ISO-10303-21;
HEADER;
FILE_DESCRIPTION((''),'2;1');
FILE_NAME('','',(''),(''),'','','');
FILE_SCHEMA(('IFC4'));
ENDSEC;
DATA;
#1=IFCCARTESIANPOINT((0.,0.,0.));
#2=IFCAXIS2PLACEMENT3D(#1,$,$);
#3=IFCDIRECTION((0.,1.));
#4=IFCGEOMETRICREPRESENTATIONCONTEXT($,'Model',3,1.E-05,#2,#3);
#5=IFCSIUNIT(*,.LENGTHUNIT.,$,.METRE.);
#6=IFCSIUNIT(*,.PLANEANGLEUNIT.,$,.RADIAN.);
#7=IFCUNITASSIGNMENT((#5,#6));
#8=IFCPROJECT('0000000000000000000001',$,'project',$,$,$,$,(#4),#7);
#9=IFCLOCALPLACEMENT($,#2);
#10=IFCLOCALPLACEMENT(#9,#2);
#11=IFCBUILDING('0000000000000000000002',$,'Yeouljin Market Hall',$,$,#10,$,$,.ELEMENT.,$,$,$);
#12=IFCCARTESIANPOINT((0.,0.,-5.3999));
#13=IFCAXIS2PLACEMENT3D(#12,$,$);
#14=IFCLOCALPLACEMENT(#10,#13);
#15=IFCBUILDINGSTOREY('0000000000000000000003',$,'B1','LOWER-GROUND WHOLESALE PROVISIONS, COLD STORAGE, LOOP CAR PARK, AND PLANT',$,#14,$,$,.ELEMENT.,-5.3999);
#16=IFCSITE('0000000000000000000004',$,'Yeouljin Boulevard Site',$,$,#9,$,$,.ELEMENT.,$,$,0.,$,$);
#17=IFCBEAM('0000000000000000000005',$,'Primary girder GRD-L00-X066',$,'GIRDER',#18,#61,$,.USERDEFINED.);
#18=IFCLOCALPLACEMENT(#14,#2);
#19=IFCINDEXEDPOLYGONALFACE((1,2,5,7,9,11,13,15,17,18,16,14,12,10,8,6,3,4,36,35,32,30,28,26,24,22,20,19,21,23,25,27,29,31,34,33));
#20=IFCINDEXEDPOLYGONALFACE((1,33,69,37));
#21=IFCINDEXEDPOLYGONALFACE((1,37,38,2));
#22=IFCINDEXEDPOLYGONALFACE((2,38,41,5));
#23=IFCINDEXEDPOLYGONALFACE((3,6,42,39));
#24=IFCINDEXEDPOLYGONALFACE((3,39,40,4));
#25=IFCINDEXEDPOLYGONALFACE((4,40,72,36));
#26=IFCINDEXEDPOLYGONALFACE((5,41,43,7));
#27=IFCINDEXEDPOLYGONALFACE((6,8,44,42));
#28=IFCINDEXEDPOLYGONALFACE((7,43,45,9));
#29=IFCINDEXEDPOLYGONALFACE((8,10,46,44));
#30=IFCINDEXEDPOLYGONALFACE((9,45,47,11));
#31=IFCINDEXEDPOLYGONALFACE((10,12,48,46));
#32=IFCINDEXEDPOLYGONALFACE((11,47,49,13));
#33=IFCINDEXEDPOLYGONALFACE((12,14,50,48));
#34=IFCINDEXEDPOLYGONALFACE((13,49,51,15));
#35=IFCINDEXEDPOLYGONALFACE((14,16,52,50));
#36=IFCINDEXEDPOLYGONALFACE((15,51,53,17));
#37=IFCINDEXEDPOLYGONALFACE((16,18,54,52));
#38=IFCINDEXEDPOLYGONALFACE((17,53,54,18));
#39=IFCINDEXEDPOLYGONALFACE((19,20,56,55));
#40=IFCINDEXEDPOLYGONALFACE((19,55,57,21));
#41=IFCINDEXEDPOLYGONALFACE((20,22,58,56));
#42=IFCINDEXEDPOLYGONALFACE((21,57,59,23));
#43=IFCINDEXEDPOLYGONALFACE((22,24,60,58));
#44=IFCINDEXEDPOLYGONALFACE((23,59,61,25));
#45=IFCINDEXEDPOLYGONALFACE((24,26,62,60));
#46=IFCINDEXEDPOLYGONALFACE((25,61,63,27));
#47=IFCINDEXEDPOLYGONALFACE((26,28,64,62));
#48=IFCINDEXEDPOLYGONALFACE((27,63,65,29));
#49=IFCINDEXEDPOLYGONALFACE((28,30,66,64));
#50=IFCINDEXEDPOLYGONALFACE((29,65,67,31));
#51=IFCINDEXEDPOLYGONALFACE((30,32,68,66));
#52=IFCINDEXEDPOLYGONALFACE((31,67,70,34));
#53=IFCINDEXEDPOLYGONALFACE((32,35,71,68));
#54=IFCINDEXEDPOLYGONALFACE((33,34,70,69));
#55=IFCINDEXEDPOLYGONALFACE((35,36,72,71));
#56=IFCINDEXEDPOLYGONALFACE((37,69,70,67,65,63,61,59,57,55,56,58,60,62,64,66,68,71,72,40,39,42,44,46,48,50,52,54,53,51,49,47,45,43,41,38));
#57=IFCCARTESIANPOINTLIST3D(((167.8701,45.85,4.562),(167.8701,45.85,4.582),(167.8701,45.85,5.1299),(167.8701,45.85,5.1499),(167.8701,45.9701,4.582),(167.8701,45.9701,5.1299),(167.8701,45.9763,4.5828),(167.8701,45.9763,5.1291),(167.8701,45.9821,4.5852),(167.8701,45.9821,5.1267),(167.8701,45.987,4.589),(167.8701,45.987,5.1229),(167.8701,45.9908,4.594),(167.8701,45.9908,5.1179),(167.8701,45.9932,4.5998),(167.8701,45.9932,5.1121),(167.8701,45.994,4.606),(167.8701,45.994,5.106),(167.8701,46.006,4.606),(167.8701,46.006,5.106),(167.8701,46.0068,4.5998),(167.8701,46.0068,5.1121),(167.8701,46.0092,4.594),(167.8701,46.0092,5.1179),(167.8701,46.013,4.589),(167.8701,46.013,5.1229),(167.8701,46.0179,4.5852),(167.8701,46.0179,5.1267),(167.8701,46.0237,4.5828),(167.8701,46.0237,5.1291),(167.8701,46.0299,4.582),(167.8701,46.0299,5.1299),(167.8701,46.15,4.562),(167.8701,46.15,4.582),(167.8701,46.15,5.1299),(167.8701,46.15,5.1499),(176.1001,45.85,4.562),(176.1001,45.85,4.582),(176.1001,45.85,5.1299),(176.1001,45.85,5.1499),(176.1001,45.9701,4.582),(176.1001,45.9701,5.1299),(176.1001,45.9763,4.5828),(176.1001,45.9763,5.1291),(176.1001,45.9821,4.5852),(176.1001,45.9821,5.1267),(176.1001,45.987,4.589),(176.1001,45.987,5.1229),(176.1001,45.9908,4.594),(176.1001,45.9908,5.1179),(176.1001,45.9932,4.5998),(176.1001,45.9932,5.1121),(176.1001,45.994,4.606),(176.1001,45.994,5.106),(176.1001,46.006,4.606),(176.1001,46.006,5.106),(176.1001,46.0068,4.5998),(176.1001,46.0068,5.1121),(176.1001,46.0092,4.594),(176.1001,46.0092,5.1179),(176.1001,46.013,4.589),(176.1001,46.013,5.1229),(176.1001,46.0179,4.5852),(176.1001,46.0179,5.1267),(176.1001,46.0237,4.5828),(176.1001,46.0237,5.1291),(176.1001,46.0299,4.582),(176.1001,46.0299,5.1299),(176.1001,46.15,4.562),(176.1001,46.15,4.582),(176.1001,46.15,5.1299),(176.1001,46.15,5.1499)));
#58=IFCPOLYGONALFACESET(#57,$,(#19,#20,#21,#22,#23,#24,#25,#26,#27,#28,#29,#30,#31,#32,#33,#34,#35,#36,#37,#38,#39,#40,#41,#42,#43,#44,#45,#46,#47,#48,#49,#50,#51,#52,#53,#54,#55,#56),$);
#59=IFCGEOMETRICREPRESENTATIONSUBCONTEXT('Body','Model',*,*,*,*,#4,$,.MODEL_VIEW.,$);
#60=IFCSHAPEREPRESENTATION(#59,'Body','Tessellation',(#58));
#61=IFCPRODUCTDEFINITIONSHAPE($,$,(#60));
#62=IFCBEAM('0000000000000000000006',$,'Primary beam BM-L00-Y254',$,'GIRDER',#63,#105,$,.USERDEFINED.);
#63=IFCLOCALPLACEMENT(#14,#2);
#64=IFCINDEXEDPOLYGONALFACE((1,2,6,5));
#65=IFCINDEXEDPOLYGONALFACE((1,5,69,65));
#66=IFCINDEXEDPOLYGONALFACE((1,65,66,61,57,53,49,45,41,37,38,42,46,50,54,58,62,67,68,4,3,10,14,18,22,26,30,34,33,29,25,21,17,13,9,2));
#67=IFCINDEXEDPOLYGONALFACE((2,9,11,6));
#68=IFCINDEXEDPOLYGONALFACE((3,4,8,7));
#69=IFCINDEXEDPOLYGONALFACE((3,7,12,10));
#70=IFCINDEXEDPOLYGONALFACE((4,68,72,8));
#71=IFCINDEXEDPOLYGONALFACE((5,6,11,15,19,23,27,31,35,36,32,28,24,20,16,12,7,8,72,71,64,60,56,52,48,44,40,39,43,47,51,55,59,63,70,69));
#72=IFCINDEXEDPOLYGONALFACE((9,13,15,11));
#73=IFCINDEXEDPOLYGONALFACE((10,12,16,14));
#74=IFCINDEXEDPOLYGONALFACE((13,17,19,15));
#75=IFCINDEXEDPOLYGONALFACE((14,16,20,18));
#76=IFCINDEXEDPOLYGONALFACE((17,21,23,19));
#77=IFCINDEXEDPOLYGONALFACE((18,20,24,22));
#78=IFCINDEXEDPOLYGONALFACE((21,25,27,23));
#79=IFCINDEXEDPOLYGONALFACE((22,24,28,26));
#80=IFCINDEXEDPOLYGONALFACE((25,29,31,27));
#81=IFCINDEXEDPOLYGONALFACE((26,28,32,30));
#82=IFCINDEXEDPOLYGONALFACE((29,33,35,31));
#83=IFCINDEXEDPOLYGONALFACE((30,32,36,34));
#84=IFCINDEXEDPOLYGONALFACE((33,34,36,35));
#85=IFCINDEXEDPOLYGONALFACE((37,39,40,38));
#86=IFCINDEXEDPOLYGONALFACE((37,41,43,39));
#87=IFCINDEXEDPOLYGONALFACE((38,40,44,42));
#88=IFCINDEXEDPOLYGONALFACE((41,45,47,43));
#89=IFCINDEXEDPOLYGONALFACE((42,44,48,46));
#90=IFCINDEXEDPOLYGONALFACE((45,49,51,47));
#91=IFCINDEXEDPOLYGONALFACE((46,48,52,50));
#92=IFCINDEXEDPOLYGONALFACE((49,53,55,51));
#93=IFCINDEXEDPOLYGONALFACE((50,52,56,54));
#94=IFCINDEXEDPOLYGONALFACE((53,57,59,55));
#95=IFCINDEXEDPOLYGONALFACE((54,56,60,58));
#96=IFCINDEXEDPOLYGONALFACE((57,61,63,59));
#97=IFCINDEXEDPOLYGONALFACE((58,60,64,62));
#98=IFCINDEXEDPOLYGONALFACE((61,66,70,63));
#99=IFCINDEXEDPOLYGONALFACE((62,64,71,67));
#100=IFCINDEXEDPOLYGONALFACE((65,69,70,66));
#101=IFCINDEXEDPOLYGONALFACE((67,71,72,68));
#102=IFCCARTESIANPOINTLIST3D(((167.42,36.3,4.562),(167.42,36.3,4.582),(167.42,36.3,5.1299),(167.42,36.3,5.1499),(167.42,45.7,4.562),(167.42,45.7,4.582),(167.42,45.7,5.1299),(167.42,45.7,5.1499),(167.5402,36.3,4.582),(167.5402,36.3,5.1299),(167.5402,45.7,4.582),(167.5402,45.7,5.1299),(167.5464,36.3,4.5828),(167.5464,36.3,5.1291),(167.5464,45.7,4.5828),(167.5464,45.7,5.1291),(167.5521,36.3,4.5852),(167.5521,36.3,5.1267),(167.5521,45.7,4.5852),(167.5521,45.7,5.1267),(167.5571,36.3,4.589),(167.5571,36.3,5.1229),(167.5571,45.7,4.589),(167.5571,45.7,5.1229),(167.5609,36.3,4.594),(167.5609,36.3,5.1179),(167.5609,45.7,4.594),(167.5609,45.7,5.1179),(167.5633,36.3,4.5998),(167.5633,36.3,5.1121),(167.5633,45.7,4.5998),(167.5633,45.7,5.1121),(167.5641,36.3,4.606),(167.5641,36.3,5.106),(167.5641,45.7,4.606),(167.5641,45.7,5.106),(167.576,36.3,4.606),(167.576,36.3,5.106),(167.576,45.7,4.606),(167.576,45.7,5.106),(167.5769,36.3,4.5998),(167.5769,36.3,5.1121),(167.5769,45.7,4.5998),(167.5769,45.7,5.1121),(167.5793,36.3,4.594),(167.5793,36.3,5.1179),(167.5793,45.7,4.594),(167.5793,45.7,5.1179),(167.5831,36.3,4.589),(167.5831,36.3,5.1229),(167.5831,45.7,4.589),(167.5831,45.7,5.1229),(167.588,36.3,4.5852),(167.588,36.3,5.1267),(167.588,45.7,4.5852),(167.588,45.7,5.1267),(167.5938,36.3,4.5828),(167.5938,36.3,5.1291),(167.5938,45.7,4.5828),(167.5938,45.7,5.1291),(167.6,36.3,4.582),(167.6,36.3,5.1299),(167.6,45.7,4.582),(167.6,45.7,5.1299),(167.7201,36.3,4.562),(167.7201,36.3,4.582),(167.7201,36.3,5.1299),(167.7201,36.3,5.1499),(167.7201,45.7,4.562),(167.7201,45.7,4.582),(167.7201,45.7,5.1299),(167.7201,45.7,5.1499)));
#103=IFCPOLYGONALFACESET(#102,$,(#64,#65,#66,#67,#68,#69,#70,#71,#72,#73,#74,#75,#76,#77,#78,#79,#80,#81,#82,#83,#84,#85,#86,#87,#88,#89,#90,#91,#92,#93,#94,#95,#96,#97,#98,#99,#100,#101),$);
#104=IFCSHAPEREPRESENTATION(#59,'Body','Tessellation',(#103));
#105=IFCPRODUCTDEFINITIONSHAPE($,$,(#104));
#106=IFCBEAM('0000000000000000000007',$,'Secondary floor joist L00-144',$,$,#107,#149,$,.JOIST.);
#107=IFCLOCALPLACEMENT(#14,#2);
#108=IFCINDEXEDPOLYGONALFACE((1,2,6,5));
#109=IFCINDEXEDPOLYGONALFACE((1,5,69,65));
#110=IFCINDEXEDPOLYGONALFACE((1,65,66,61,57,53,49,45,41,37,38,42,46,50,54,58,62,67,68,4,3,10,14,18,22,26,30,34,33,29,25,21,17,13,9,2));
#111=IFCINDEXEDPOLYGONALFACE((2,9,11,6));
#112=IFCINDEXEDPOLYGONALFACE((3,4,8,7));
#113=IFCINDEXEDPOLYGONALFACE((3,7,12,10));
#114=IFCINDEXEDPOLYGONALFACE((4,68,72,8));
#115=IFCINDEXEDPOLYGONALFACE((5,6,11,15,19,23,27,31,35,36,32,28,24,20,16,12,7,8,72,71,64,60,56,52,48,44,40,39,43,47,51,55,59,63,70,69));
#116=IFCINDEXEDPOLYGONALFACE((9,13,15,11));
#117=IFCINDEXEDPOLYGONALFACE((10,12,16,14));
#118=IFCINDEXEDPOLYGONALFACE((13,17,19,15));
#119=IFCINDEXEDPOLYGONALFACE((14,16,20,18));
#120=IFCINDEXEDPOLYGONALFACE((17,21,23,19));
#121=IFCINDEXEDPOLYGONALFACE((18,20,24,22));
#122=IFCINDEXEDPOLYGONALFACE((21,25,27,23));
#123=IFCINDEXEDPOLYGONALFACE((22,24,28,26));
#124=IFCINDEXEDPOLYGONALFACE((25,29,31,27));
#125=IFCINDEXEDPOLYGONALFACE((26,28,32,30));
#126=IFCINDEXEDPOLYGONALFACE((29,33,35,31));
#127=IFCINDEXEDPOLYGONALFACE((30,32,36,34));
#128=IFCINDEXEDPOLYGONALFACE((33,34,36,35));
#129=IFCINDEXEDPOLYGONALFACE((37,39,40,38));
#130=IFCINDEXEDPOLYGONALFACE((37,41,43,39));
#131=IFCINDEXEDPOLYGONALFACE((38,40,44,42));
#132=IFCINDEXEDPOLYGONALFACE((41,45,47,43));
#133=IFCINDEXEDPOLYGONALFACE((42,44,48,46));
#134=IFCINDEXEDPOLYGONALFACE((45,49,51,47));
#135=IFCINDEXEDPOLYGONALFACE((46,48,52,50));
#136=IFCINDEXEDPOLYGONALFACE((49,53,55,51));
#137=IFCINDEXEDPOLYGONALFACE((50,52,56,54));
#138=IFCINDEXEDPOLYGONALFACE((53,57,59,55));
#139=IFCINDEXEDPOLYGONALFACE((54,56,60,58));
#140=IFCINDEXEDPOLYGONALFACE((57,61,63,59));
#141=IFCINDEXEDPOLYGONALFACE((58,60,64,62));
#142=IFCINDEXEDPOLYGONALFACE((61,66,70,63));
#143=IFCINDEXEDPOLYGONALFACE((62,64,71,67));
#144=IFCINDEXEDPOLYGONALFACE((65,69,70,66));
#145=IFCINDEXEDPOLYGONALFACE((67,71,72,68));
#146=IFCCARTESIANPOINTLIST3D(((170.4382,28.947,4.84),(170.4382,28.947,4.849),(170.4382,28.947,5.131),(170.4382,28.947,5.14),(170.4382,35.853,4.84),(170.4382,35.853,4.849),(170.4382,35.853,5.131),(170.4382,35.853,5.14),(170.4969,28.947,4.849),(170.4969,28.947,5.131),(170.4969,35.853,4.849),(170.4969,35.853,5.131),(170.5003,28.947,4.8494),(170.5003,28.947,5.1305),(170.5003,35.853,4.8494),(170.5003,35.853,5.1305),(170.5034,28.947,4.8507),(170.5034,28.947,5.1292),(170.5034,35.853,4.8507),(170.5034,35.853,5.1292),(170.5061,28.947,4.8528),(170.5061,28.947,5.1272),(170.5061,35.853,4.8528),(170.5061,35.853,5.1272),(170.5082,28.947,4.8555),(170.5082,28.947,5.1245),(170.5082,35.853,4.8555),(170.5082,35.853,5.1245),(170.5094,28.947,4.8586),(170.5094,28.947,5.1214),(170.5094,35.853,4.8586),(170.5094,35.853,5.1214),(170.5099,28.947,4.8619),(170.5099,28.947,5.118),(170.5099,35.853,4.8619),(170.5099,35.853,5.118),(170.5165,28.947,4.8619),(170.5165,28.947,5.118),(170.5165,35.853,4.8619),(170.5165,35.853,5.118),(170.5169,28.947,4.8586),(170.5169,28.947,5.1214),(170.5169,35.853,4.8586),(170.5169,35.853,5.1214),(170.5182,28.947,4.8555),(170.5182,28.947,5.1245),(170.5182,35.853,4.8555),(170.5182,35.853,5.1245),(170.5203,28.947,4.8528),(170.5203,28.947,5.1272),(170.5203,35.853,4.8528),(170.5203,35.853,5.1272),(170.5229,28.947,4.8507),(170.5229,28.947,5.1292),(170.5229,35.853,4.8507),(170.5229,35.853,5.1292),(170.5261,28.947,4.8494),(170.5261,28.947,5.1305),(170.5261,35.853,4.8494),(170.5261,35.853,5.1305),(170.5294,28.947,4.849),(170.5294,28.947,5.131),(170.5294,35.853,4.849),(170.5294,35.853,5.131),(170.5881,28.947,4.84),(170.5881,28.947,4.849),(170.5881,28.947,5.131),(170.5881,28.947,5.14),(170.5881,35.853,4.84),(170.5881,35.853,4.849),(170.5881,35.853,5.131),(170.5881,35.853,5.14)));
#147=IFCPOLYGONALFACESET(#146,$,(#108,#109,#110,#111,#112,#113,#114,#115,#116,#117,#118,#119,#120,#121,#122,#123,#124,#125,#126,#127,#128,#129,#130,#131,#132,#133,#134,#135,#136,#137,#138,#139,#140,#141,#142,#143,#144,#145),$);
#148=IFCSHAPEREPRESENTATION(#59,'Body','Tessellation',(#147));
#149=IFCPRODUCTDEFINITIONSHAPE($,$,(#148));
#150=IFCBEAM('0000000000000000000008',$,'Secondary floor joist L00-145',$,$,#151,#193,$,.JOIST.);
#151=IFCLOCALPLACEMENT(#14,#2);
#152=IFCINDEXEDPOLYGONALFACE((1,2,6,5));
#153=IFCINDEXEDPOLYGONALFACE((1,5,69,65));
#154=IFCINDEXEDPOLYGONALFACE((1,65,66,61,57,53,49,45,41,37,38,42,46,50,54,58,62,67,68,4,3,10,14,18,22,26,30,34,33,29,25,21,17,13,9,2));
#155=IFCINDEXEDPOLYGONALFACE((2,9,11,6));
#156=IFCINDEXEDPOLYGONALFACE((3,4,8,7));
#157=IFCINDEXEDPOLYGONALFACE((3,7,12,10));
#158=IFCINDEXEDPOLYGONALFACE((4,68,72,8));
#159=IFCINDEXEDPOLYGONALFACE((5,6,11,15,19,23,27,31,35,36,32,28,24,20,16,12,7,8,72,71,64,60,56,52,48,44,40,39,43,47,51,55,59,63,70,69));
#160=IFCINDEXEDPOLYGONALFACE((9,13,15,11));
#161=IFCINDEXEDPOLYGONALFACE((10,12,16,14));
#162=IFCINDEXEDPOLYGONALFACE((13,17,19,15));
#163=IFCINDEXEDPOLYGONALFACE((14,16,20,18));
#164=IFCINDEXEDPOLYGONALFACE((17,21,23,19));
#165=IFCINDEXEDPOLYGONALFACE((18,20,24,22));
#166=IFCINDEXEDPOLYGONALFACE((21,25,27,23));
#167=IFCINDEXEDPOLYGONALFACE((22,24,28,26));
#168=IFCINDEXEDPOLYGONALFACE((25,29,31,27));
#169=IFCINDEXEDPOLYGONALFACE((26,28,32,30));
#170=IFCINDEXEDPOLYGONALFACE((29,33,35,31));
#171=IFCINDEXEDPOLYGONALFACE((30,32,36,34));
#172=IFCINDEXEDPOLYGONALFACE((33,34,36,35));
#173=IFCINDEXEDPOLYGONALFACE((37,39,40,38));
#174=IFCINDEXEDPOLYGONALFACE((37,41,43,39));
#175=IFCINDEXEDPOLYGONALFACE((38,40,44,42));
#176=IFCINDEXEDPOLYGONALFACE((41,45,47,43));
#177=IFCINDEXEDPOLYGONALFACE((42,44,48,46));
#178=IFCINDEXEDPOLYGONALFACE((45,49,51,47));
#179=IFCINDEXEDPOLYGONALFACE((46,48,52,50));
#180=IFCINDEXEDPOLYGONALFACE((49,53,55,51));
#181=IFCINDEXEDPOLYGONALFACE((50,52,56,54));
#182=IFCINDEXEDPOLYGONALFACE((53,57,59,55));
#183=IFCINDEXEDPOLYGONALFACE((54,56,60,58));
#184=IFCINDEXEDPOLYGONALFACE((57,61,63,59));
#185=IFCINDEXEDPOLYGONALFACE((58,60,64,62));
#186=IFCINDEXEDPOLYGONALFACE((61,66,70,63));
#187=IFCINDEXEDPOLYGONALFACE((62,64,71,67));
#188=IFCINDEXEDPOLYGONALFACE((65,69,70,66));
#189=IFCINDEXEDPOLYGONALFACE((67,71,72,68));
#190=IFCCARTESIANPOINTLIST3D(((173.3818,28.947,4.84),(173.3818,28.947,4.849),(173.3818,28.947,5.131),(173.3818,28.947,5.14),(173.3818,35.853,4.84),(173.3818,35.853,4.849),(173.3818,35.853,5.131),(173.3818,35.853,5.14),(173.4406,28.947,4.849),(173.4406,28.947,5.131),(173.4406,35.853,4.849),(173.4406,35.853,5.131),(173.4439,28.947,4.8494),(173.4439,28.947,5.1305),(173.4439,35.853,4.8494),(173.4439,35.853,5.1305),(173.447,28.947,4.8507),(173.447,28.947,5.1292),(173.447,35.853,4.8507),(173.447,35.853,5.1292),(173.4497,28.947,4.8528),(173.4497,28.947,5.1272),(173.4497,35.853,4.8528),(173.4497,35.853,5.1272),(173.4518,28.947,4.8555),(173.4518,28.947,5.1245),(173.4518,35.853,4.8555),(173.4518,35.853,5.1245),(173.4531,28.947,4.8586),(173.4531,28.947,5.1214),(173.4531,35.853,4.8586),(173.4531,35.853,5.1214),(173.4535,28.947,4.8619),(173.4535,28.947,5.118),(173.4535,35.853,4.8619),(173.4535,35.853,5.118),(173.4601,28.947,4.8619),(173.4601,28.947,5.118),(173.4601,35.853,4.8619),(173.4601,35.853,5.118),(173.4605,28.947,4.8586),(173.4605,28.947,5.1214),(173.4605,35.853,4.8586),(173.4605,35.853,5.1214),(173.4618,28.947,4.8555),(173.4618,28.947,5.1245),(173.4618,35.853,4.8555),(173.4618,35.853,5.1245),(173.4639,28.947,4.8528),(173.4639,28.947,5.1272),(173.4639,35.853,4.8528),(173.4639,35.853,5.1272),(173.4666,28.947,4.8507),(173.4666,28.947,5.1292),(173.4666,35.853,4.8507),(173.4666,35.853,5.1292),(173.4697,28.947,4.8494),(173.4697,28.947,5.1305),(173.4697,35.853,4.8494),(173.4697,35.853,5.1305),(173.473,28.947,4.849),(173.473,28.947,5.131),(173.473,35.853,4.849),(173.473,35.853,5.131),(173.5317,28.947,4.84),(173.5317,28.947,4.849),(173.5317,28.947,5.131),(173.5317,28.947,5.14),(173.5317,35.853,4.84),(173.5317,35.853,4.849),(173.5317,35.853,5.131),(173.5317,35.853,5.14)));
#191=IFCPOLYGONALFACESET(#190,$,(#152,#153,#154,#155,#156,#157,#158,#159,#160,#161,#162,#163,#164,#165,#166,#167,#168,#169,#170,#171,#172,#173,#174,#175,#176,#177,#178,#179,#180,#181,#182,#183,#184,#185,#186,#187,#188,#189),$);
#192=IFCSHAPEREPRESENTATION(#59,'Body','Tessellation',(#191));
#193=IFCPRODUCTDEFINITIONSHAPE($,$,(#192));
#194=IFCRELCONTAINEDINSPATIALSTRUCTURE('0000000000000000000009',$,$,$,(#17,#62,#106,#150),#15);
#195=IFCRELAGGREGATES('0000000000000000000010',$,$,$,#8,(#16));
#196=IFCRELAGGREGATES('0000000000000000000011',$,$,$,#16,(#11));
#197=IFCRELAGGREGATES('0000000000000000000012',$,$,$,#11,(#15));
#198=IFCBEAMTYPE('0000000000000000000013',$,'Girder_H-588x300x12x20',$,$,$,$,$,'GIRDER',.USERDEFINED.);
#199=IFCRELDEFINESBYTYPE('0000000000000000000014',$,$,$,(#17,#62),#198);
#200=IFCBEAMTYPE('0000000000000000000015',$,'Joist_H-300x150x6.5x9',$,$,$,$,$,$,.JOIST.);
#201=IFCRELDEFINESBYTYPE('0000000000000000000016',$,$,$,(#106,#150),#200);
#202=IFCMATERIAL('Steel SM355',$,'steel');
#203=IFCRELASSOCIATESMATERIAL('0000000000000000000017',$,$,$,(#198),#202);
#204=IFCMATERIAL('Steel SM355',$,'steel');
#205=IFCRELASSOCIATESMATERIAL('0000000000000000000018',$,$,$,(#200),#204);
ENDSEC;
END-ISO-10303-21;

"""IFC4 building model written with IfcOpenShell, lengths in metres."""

from ifc_helpers import new_model, si_unit, direction, frame, origin, origin_2d, place, context, subcontext, project, spatial, i_section, extrude, material, material_profile, profile_set, type_object, element, save


model = new_model("IFC4")

# Units and contexts
model_context = context("Model", 3, precision=1e-05, world=origin(), true_north=direction((0.0, 1.0)))
body_context = subcontext(model_context, "Body", "Model", "MODEL_VIEW")
ifc_project = project(units=[si_unit("LENGTHUNIT", "METRE"), si_unit("PLANEANGLEUNIT", "RADIAN")], contexts=[model_context])

# Site, building, storey
site_placement = place(None, origin())
site = spatial("IfcSite", under=ifc_project, at=site_placement, Name="Yeouljin Boulevard Site", CompositionType="ELEMENT", RefElevation=0.0)
building_placement = place(site_placement, origin())
building = spatial("IfcBuilding", under=site, at=building_placement, Name="Yeouljin Market Hall", CompositionType="ELEMENT")
storey_placement = place(building_placement, frame((0.0, 0.0, -5.3999)))
storey = spatial("IfcBuildingStorey", under=building, at=storey_placement, Name="B1", Description="LOWER-GROUND WHOLESALE PROVISIONS, COLD STORAGE, LOOP CAR PARK, AND PLANT", CompositionType="ELEMENT", Elevation=-5.3999)

# Beams
ifc_material_1 = material(Name="Steel SM355", Category="steel")
ifc_material_profile_1 = material_profile(ifc_material_1, i_section(OverallWidth=0.3, OverallDepth=0.5879, WebThickness=0.012, FlangeThickness=0.02, FilletRadius=0.0239, at=origin_2d()), Name="H-588x300x12x20")
ifc_profile_set_1 = profile_set([ifc_material_profile_1], Name="Steel SM355")
beam_type_1 = type_object("IfcBeamType", Name="Girder_H-588x300x12x20", ElementType="GIRDER", PredefinedType="USERDEFINED", material=ifc_profile_set_1)
for number, where, z_axis, x_axis, name in (
    (1, (167.8701, 46.0, 4.856), (1.0, 0.0, 0.0), (0.0, 1.0, 0.0), "Primary girder GRD-L00-X066"),
):
    element("IfcBeam", number, at=place(storey_placement, frame(where, z_axis=z_axis, x_axis=x_axis)), inside=storey, type_object=beam_type_1, Name=name, ObjectType="GIRDER", PredefinedType="USERDEFINED", context=body_context, shape_type="SweptSolid", body=[
        extrude(i_section(OverallWidth=0.3, OverallDepth=0.5879, WebThickness=0.012, FlangeThickness=0.02, FilletRadius=0.0239, at=origin_2d()), origin(), (0.0, 0.0, 1.0), 8.23),
    ])
beam_1_placement = place(storey_placement, frame((167.5701, 36.3, 4.856), z_axis=(0.0, 1.0, 0.0), x_axis=(-1.0, 0.0, 0.0)))
element("IfcBeam", 2, at=beam_1_placement, inside=storey, type_object=beam_type_1, Name="Primary beam BM-L00-Y254", ObjectType="GIRDER", PredefinedType="USERDEFINED", context=body_context, shape_type="SweptSolid", body=[
    extrude(i_section(OverallWidth=0.3, OverallDepth=0.5879, WebThickness=0.012, FlangeThickness=0.02, FilletRadius=0.0239, at=origin_2d()), origin(), (0.0, 0.0, 1.0), 9.3999),
])
ifc_material_2 = material(Name="Steel SM355", Category="steel")
ifc_material_profile_2 = material_profile(ifc_material_2, i_section(OverallWidth=0.1499, OverallDepth=0.3, WebThickness=0.0066, FlangeThickness=0.009, FilletRadius=0.0129, at=origin_2d()), Name="H-300x150x6.5x9")
ifc_profile_set_2 = profile_set([ifc_material_profile_2], Name="Steel SM355")
beam_type_2 = type_object("IfcBeamType", Name="Joist_H-300x150x6.5x9", PredefinedType="JOIST", material=ifc_profile_set_2)
for number, where, z_axis, x_axis, name in (
    (3, (170.5132, 28.947, 4.99), (0.0, 1.0, 0.0), (-1.0, 0.0, 0.0), "Secondary floor joist L00-144"),
    (4, (173.4568, 28.947, 4.99), (0.0, 1.0, 0.0), (-1.0, 0.0, 0.0), "Secondary floor joist L00-145"),
):
    element("IfcBeam", number, at=place(storey_placement, frame(where, z_axis=z_axis, x_axis=x_axis)), inside=storey, type_object=beam_type_2, Name=name, PredefinedType="JOIST", context=body_context, shape_type="SweptSolid", body=[
        extrude(i_section(OverallWidth=0.1499, OverallDepth=0.3, WebThickness=0.0066, FlangeThickness=0.009, FilletRadius=0.0129, at=origin_2d()), origin(), (0.0, 0.0, 1.0), 6.906),
    ])

save(model, "model.ifc")
